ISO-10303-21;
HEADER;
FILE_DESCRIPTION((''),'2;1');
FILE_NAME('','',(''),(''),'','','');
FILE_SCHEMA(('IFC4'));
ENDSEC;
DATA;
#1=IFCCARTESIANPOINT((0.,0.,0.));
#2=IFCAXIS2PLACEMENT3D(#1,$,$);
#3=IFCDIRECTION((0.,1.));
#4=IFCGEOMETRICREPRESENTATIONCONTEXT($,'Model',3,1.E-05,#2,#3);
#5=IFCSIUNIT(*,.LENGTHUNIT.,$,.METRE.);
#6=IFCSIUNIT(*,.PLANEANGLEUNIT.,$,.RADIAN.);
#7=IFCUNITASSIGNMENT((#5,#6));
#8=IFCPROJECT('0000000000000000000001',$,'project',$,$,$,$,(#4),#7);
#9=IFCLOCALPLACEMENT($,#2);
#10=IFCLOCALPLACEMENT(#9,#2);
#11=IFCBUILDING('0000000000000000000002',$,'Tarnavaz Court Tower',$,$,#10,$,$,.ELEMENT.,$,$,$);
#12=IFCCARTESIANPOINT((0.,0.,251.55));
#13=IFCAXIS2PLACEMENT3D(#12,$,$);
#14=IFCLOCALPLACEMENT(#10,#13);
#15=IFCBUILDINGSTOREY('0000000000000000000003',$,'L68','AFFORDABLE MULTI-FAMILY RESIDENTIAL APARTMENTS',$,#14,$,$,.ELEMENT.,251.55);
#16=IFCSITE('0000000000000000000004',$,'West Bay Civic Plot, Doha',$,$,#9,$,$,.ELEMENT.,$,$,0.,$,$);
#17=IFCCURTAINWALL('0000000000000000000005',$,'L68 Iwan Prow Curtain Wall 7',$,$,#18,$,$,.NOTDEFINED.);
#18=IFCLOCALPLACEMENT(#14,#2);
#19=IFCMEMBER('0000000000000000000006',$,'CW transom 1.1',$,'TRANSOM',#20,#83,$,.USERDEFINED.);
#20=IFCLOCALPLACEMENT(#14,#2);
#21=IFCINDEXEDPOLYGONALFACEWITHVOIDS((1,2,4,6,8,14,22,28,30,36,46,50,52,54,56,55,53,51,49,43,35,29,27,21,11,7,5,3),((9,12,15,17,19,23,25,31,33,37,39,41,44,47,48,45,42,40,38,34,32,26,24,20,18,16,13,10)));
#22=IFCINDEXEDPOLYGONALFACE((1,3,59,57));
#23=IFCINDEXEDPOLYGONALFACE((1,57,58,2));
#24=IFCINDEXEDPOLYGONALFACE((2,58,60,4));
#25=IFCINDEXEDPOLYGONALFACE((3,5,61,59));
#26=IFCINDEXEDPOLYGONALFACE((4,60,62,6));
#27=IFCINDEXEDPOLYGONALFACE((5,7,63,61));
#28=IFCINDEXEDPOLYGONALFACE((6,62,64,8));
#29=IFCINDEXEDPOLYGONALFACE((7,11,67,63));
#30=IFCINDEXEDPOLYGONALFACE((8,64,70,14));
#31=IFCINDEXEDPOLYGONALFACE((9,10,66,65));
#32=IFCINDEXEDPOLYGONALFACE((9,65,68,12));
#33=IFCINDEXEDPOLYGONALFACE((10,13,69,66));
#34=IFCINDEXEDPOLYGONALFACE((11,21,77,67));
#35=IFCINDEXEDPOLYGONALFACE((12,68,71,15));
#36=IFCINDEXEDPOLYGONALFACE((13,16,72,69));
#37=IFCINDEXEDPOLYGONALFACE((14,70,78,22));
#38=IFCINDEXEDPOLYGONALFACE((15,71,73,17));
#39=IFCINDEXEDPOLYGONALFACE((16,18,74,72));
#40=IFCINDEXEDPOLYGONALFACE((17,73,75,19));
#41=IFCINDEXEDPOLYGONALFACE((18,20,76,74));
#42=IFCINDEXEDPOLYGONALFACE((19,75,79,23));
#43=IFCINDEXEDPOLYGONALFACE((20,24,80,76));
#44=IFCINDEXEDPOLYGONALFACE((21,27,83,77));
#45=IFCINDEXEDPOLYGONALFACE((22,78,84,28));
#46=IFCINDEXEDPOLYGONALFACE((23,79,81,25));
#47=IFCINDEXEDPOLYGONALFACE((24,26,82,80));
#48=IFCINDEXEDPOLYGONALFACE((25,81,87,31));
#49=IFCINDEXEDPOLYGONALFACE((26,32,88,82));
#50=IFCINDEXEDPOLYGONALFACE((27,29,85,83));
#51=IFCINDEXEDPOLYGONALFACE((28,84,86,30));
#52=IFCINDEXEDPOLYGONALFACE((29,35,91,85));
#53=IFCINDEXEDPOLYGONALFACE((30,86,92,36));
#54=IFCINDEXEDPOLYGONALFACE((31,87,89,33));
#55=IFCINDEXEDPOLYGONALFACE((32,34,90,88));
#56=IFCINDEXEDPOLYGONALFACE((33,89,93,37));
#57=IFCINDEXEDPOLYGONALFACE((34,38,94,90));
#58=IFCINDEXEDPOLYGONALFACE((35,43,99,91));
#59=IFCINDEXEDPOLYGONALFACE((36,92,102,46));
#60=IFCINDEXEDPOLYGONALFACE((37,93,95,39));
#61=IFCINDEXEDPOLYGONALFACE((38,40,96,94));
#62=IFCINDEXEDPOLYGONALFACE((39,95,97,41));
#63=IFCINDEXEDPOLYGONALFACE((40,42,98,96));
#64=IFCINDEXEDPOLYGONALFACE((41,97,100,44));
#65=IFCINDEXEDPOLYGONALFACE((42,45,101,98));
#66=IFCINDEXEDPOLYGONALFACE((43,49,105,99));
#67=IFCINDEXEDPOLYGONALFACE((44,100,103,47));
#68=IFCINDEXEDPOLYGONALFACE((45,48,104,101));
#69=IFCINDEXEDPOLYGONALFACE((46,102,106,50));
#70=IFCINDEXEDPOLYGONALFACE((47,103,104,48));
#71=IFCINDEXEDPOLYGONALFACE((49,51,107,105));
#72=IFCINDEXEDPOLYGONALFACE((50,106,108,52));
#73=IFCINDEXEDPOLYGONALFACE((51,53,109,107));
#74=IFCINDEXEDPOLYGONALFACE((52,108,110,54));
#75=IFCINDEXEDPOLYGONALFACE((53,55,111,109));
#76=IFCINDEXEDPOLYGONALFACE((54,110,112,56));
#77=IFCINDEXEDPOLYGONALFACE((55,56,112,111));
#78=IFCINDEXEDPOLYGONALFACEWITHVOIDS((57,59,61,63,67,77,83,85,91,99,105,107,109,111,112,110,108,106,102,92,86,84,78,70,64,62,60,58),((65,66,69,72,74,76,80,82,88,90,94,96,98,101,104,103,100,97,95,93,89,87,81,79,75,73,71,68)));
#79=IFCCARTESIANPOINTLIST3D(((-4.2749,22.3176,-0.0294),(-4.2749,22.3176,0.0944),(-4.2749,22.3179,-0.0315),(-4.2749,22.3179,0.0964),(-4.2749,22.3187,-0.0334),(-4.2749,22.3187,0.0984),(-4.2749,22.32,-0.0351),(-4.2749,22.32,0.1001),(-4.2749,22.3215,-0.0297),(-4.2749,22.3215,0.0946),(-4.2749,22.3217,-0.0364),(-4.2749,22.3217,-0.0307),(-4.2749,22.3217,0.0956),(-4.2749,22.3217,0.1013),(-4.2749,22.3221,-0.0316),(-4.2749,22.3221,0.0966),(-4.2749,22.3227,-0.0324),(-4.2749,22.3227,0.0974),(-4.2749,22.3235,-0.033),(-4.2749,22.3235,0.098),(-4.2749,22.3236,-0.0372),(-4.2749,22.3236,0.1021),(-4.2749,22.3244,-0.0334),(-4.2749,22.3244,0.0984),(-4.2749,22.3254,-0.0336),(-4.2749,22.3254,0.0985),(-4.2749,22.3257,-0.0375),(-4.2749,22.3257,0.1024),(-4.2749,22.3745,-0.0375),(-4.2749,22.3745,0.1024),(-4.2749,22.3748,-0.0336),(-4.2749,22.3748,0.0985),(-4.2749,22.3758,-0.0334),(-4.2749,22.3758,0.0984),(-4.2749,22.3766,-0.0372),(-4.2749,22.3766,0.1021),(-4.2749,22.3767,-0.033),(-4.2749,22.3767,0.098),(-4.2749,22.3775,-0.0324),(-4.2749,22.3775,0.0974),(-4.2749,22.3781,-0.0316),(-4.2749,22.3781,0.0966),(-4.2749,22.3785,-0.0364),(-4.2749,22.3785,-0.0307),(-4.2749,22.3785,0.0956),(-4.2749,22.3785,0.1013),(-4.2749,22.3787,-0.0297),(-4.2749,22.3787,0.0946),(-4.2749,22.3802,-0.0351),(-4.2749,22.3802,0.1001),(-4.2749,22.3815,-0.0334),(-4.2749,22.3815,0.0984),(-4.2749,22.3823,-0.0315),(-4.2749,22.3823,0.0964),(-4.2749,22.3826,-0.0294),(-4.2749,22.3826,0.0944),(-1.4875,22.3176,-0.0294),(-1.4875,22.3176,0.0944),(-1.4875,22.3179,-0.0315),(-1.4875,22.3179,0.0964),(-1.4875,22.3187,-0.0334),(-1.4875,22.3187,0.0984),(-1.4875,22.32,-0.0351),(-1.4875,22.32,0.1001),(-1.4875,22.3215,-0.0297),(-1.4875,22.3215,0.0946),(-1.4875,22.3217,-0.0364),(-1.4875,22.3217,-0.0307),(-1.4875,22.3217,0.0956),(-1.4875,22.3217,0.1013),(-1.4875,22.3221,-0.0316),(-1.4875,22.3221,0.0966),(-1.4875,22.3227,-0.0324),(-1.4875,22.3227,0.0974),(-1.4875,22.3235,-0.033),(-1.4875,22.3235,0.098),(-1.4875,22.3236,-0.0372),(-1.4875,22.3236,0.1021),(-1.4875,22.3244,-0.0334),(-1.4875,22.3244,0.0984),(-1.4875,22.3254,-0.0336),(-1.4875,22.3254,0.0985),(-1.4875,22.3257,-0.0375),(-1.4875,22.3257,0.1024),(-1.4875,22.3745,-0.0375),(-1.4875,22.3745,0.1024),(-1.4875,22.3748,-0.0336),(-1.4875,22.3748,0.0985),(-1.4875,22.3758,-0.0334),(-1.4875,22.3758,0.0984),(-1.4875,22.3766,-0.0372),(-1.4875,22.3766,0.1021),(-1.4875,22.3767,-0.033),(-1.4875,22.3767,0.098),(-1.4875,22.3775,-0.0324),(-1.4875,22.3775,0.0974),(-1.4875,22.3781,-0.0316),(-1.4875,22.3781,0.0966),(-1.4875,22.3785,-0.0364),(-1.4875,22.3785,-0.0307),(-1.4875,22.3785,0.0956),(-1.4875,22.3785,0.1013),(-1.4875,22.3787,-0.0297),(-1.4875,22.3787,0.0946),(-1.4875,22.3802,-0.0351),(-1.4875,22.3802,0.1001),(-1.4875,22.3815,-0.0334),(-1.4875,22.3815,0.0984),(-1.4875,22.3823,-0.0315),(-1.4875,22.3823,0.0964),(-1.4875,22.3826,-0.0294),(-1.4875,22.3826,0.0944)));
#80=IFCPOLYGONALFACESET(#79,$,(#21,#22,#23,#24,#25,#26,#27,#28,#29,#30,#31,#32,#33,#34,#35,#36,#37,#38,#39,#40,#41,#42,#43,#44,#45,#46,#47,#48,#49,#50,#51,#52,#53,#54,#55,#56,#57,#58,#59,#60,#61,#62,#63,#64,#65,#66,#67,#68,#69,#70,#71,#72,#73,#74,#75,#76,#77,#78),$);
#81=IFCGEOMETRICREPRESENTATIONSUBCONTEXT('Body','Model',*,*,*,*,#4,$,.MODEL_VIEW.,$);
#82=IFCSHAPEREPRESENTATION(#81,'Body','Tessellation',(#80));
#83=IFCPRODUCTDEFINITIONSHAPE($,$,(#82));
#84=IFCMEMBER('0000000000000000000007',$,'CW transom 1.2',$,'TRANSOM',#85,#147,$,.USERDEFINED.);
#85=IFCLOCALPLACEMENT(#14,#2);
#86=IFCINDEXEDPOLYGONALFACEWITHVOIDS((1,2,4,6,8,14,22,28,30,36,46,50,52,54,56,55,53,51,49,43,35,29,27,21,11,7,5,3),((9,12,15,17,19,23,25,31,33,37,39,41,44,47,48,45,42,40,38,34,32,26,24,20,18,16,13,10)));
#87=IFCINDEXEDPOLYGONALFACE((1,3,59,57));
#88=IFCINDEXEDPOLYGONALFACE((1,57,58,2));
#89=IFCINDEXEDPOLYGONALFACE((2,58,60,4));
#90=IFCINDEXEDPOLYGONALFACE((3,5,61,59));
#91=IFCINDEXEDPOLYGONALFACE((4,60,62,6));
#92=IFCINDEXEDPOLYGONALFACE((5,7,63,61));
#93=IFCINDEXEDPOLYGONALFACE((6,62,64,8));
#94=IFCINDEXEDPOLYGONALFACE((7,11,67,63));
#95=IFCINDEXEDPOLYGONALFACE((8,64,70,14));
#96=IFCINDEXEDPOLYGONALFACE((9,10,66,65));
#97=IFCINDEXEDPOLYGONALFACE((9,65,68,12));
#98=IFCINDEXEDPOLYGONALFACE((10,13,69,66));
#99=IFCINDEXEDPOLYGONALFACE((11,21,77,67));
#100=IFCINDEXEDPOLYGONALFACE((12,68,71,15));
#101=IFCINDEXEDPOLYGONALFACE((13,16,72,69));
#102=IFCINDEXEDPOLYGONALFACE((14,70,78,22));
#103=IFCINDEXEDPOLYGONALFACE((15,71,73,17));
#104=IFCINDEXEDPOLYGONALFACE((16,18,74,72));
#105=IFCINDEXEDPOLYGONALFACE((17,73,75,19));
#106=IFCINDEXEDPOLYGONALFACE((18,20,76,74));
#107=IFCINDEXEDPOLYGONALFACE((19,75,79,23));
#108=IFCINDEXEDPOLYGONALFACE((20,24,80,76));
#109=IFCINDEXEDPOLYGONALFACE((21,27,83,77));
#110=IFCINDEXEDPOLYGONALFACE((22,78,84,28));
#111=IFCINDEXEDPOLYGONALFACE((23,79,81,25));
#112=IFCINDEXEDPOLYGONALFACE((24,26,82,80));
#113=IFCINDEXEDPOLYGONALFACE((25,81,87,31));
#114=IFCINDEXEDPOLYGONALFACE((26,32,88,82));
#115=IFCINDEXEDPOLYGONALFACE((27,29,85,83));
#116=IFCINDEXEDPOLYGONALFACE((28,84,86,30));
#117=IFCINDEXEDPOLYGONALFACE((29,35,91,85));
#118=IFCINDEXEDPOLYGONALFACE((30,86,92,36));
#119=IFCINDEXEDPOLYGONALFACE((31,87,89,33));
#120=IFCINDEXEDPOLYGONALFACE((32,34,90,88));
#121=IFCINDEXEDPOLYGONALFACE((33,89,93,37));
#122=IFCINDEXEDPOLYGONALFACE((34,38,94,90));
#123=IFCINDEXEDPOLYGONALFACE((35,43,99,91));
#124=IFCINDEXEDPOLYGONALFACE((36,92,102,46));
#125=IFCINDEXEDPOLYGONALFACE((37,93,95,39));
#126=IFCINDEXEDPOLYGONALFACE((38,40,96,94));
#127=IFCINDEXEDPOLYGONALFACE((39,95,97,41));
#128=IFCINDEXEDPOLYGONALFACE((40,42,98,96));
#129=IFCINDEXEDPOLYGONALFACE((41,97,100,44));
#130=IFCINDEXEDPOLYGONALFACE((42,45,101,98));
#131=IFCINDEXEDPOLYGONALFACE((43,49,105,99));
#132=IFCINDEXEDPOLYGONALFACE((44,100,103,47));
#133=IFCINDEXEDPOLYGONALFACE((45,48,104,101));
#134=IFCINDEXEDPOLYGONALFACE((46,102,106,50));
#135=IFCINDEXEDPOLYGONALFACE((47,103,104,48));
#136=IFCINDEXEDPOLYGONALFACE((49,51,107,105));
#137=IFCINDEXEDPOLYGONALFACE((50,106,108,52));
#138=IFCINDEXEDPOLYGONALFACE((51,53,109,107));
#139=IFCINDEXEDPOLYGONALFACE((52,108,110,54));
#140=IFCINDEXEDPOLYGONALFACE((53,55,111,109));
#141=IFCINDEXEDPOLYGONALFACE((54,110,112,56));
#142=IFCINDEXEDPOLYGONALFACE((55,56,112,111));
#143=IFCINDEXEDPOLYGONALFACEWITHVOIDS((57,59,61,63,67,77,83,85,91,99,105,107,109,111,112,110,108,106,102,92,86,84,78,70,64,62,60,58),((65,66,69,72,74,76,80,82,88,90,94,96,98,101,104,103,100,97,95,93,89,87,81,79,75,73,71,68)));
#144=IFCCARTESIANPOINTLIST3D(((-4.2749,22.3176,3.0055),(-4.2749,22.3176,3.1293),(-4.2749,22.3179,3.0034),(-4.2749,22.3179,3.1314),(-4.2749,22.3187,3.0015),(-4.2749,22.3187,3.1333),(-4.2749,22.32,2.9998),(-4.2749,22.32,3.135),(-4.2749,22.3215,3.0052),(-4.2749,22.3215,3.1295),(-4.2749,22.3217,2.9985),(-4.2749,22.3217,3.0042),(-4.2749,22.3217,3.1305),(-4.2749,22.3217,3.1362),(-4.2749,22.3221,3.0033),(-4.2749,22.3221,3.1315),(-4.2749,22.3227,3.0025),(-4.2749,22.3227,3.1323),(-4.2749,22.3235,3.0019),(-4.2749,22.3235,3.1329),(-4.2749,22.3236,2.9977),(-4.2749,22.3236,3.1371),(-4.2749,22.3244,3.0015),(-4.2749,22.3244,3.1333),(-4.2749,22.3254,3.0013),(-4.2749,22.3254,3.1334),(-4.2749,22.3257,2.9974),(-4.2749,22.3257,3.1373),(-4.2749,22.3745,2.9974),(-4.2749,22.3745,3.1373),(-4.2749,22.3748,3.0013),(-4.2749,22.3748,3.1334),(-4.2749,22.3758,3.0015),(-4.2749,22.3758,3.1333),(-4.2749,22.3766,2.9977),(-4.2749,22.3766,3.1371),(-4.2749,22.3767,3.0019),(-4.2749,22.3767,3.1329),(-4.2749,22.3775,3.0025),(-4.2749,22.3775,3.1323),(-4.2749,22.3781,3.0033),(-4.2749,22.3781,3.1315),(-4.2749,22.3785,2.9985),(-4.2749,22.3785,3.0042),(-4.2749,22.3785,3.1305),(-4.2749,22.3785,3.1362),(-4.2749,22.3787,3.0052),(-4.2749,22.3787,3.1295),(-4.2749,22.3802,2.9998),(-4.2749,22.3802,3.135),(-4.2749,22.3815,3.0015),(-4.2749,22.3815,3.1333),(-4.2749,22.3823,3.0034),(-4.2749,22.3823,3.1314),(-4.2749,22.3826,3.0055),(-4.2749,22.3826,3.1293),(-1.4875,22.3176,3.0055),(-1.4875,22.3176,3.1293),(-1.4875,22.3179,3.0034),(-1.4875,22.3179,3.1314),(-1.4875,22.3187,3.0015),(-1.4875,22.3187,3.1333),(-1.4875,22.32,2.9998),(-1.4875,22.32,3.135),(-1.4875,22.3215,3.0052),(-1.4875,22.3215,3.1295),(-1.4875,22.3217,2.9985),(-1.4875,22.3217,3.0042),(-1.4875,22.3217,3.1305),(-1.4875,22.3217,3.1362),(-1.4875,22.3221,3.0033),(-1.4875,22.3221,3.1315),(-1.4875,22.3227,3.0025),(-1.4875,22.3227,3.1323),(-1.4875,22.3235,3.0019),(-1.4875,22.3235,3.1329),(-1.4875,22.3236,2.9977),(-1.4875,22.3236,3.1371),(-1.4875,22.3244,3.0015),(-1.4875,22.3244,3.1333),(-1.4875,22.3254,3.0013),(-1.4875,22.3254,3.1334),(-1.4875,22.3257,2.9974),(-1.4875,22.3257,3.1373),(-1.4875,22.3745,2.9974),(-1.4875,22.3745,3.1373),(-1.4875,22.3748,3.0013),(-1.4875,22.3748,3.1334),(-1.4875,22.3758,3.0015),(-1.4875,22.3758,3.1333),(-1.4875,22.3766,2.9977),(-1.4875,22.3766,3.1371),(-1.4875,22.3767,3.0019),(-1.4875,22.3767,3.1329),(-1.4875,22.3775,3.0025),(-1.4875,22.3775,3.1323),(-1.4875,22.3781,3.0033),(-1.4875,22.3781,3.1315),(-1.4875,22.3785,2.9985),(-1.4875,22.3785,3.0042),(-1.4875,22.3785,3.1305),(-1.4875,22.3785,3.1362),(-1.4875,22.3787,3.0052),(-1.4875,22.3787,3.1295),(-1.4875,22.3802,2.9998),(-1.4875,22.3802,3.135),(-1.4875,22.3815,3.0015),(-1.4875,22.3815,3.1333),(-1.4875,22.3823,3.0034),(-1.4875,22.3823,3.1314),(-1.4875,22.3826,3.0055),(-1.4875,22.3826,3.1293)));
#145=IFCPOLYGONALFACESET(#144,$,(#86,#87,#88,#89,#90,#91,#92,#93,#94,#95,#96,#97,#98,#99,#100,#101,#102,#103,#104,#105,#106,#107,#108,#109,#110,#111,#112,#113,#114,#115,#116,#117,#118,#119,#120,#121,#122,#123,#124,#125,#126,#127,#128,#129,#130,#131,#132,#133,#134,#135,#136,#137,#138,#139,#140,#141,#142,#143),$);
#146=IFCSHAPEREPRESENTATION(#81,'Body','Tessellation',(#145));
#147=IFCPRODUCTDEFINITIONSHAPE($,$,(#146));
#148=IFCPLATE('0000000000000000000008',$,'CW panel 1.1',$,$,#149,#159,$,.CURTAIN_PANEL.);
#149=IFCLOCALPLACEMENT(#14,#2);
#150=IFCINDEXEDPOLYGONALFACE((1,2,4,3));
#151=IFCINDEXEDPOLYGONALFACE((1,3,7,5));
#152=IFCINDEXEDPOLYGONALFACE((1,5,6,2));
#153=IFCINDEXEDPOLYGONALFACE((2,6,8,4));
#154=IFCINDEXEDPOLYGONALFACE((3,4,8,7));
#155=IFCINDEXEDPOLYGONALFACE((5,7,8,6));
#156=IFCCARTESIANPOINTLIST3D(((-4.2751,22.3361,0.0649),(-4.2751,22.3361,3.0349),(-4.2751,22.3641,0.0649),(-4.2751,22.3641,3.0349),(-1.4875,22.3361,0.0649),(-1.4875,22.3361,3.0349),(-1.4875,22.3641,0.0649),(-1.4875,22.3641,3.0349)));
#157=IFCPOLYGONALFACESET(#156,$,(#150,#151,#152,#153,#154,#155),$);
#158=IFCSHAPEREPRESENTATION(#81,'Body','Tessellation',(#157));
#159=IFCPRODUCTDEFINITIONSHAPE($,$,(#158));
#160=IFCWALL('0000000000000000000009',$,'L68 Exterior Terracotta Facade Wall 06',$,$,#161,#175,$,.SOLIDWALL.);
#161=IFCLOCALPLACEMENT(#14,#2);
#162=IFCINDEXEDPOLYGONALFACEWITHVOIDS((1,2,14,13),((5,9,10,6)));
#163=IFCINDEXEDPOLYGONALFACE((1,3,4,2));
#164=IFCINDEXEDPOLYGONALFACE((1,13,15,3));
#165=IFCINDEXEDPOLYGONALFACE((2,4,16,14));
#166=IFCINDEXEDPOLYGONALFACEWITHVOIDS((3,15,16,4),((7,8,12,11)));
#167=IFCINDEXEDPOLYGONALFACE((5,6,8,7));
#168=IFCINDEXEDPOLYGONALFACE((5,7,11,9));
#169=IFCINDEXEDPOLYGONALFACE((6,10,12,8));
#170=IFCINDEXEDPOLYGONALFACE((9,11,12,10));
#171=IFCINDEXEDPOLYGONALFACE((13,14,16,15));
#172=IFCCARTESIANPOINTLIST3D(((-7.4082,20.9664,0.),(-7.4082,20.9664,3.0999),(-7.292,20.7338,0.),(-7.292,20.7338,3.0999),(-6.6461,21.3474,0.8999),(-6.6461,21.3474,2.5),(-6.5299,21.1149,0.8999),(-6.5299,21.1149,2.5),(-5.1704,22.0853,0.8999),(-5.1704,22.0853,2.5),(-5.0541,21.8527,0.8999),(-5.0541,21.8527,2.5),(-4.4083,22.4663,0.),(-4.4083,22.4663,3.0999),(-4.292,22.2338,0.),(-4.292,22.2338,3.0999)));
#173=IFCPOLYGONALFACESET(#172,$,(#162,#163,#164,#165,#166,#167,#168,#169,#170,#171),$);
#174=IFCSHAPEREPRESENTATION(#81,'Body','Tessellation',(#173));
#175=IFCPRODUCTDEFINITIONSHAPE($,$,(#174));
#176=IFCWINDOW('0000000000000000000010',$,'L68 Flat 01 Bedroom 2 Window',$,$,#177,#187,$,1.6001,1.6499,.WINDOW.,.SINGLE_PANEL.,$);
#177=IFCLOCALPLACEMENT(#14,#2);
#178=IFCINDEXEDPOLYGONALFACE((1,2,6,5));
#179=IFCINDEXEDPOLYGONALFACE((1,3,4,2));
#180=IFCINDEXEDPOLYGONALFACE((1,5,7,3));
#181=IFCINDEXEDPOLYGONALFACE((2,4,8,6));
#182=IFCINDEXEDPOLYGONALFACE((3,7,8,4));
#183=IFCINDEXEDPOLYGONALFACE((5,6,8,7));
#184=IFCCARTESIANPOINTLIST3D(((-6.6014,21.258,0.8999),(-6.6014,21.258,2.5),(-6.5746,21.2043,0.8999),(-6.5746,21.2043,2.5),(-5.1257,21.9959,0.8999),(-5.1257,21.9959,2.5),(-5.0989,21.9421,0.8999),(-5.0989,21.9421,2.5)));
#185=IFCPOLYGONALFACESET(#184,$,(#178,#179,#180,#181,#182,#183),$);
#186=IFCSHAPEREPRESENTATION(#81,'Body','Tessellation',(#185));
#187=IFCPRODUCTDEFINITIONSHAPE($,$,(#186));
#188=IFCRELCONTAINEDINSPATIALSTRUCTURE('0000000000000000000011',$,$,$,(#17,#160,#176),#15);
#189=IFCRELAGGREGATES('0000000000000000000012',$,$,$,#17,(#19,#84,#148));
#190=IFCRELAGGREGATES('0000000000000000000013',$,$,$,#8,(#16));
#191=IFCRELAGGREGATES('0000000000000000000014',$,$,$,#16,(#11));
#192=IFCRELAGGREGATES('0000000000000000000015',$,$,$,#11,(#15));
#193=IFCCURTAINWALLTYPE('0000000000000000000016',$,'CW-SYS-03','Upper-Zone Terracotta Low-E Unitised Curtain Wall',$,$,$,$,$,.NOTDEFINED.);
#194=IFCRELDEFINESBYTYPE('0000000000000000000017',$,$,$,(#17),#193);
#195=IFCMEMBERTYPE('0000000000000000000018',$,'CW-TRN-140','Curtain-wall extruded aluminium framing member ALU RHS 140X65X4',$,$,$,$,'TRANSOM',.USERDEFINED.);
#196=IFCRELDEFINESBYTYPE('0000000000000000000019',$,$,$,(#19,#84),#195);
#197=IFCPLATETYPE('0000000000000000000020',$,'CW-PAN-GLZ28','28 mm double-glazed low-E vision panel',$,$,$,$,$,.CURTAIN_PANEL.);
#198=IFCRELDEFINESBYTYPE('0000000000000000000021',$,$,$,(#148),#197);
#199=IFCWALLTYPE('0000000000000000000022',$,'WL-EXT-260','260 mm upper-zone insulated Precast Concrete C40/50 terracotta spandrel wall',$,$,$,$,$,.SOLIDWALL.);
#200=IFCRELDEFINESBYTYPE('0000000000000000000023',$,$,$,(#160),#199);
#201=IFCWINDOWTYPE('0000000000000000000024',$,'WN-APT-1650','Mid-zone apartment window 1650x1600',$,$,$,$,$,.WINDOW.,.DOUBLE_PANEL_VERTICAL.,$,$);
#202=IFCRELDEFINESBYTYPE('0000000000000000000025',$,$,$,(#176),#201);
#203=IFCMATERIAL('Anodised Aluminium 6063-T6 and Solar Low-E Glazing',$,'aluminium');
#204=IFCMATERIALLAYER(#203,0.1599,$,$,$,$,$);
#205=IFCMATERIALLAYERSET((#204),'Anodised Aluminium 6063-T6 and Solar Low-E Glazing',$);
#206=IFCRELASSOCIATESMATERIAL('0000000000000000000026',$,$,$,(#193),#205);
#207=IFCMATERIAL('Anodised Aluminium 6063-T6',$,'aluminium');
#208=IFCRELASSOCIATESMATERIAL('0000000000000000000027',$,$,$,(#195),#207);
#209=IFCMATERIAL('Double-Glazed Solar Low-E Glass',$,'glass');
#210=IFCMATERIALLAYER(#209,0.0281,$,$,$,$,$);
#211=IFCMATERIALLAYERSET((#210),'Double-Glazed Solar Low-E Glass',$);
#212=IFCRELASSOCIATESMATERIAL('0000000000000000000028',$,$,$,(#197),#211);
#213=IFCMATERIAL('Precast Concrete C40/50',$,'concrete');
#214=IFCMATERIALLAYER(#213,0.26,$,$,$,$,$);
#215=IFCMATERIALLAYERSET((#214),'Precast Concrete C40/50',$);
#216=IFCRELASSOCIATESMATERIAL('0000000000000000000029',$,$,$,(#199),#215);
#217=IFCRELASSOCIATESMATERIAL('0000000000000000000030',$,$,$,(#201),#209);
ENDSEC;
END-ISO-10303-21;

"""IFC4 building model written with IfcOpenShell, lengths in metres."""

from ifc_helpers import new_model, si_unit, direction, frame, frame_2d, origin, origin_2d, place, context, subcontext, project, spatial, rectangle, hollow_rectangle, extrude, material, layer, layer_set, material_profile, profile_set, type_object, element, fill, aggregate, save


model = new_model("IFC4")

# Units and contexts
model_context = context("Model", 3, precision=1e-05, world=origin(), true_north=direction((0.0, 1.0)))
body_context = subcontext(model_context, "Body", "Model", "MODEL_VIEW")
ifc_project = project(units=[si_unit("LENGTHUNIT", "METRE"), si_unit("PLANEANGLEUNIT", "RADIAN")], contexts=[model_context])

# Site, building, storey
site_placement = place(None, origin())
site = spatial("IfcSite", under=ifc_project, at=site_placement, Name="West Bay Civic Plot, Doha", CompositionType="ELEMENT", RefElevation=0.0)
building_placement = place(site_placement, origin())
building = spatial("IfcBuilding", under=site, at=building_placement, Name="Tarnavaz Court Tower", CompositionType="ELEMENT")
storey_placement = place(building_placement, frame((0.0, 0.0, 251.55)))
storey = spatial("IfcBuildingStorey", under=building, at=storey_placement, Name="L68", Description="AFFORDABLE MULTI-FAMILY RESIDENTIAL APARTMENTS", CompositionType="ELEMENT", Elevation=251.55)

# Curtain wall, members, plate
ifc_material_1 = material(Name="Anodised Aluminium 6063-T6 and Solar Low-E Glazing", Category="aluminium")
ifc_layer_1 = layer(ifc_material_1, 0.1599)
ifc_layer_set_1 = layer_set([ifc_layer_1], Name="Anodised Aluminium 6063-T6 and Solar Low-E Glazing")
curtain_wall_type = type_object("IfcCurtainWallType", Name="CW-SYS-03", Description="Upper-Zone Terracotta Low-E Unitised Curtain Wall", PredefinedType="NOTDEFINED", material=ifc_layer_set_1)
curtain_wall_placement = place(storey_placement, origin())
curtain_wall = element("IfcCurtainWall", 1, at=curtain_wall_placement, inside=storey, type_object=curtain_wall_type, Name="L68 Iwan Prow Curtain Wall 7", PredefinedType="NOTDEFINED")
ifc_material_2 = material(Name="Anodised Aluminium 6063-T6", Category="aluminium")
ifc_material_profile_1 = material_profile(ifc_material_2, hollow_rectangle(XDim=0.0649, YDim=0.1399, WallThickness=0.0039, InnerFilletRadius=0.0039, OuterFilletRadius=0.0081, at=origin_2d()), Name="ALU RHS 140X65X4")
ifc_profile_set_1 = profile_set([ifc_material_profile_1], Name="Anodised Aluminium 6063-T6")
member_type_1 = type_object("IfcMemberType", Name="CW-TRN-140", Description="Curtain-wall extruded aluminium framing member ALU RHS 140X65X4", ElementType="TRANSOM", PredefinedType="USERDEFINED", material=ifc_profile_set_1)
member_1_placement = place(storey_placement, frame((-4.2749, 22.3501, 0.0325), z_axis=(1.0, 0.0, 0.0), x_axis=(0.0, 1.0, 0.0)))
member_1 = element("IfcMember", 2, at=member_1_placement, type_object=member_type_1, Name="CW transom 1.1", ObjectType="TRANSOM", PredefinedType="USERDEFINED", context=body_context, shape_type="SweptSolid", body=[
    extrude(hollow_rectangle(XDim=0.0649, YDim=0.1399, WallThickness=0.0039, InnerFilletRadius=0.0039, OuterFilletRadius=0.0081, at=origin_2d()), origin(), (0.0, 0.0, 1.0), 2.7874),
])
member_2_placement = place(storey_placement, frame((-4.2749, 22.3501, 3.0674), z_axis=(1.0, 0.0, 0.0), x_axis=(0.0, 1.0, 0.0)))
member_2 = element("IfcMember", 3, at=member_2_placement, type_object=member_type_1, Name="CW transom 1.2", ObjectType="TRANSOM", PredefinedType="USERDEFINED", context=body_context, shape_type="SweptSolid", body=[
    extrude(hollow_rectangle(XDim=0.0649, YDim=0.1399, WallThickness=0.0039, InnerFilletRadius=0.0039, OuterFilletRadius=0.0081, at=origin_2d()), origin(), (0.0, 0.0, 1.0), 2.7874),
])
ifc_material_3 = material(Name="Double-Glazed Solar Low-E Glass", Category="glass")
ifc_layer_2 = layer(ifc_material_3, 0.0281)
ifc_layer_set_2 = layer_set([ifc_layer_2], Name="Double-Glazed Solar Low-E Glass")
plate_type = type_object("IfcPlateType", Name="CW-PAN-GLZ28", Description="28 mm double-glazed low-E vision panel", PredefinedType="CURTAIN_PANEL", material=ifc_layer_set_2)
plate_placement = place(storey_placement, frame((-2.8813, 22.3501, 0.0649), z_axis=(0.0, 0.0, 1.0), x_axis=(1.0, 0.0, 0.0)))
plate = element("IfcPlate", 4, at=plate_placement, type_object=plate_type, Name="CW panel 1.1", PredefinedType="CURTAIN_PANEL", context=body_context, shape_type="SweptSolid", body=[
    extrude(rectangle(XDim=2.7876, YDim=0.0281, at=origin_2d()), origin(), (0.0, 0.0, 1.0), 2.97),
])
aggregate(curtain_wall, [member_1, member_2, plate])

# Wall, opening, window
ifc_material_4 = material(Name="Precast Concrete C40/50", Category="concrete")
ifc_layer_3 = layer(ifc_material_4, 0.26)
ifc_layer_set_3 = layer_set([ifc_layer_3], Name="Precast Concrete C40/50")
wall_type_1 = type_object("IfcWallType", Name="WL-EXT-260", Description="260 mm upper-zone insulated Precast Concrete C40/50 terracotta spandrel wall", PredefinedType="SOLIDWALL", material=ifc_layer_set_3)
wall_1_placement = place(storey_placement, frame((-7.3501, 20.8501, 0.0), z_axis=(0.0, 0.0, 1.0), x_axis=(0.894427, 0.447214, 0.0)))
wall_1 = element("IfcWall", 5, at=wall_1_placement, inside=storey, type_object=wall_type_1, Name="L68 Exterior Terracotta Facade Wall 06", PredefinedType="SOLIDWALL", context=body_context, shape_type="SweptSolid", body=[
    extrude(rectangle(XDim=3.354, YDim=0.26, at=frame_2d((1.677, 0.0))), origin(), (0.0, 0.0, 1.0), 3.0999),
])
opening_1_placement = place(wall_1_placement, frame((0.8521, 0.0, 0.8999)))
opening_1 = element("IfcOpeningElement", 6, at=opening_1_placement, cuts=wall_1, PredefinedType="OPENING", context=body_context, shape_type="SweptSolid", body=[
    extrude(rectangle(XDim=1.6499, YDim=1.6001, at=frame_2d((0.825, 0.8))), frame((0.0, 0.1399, 0.0), z_axis=(0.0, -1.0, 0.0), x_axis=(1.0, 0.0, 0.0)), (0.0, 0.0, 1.0), 0.28),
])
window_type = type_object("IfcWindowType", Name="WN-APT-1650", Description="Mid-zone apartment window 1650x1600", PartitioningType="DOUBLE_PANEL_VERTICAL", PredefinedType="WINDOW", material=ifc_material_3)
window_placement = place(opening_1_placement, origin())
window = element("IfcWindow", 7, at=window_placement, inside=storey, type_object=window_type, Name="L68 Flat 01 Bedroom 2 Window", OverallHeight=1.6001, OverallWidth=1.6499, PartitioningType="SINGLE_PANEL", PredefinedType="WINDOW", context=body_context, shape_type="SweptSolid", body=[
    extrude(rectangle(XDim=1.6499, YDim=1.6001, at=frame_2d((0.825, 0.8))), frame((0.0, 0.03, 0.0), z_axis=(0.0, -1.0, 0.0), x_axis=(1.0, 0.0, 0.0)), (0.0, 0.0, 1.0), 0.0601),
])
fill(opening_1, window)

save(model, "model.ifc")
